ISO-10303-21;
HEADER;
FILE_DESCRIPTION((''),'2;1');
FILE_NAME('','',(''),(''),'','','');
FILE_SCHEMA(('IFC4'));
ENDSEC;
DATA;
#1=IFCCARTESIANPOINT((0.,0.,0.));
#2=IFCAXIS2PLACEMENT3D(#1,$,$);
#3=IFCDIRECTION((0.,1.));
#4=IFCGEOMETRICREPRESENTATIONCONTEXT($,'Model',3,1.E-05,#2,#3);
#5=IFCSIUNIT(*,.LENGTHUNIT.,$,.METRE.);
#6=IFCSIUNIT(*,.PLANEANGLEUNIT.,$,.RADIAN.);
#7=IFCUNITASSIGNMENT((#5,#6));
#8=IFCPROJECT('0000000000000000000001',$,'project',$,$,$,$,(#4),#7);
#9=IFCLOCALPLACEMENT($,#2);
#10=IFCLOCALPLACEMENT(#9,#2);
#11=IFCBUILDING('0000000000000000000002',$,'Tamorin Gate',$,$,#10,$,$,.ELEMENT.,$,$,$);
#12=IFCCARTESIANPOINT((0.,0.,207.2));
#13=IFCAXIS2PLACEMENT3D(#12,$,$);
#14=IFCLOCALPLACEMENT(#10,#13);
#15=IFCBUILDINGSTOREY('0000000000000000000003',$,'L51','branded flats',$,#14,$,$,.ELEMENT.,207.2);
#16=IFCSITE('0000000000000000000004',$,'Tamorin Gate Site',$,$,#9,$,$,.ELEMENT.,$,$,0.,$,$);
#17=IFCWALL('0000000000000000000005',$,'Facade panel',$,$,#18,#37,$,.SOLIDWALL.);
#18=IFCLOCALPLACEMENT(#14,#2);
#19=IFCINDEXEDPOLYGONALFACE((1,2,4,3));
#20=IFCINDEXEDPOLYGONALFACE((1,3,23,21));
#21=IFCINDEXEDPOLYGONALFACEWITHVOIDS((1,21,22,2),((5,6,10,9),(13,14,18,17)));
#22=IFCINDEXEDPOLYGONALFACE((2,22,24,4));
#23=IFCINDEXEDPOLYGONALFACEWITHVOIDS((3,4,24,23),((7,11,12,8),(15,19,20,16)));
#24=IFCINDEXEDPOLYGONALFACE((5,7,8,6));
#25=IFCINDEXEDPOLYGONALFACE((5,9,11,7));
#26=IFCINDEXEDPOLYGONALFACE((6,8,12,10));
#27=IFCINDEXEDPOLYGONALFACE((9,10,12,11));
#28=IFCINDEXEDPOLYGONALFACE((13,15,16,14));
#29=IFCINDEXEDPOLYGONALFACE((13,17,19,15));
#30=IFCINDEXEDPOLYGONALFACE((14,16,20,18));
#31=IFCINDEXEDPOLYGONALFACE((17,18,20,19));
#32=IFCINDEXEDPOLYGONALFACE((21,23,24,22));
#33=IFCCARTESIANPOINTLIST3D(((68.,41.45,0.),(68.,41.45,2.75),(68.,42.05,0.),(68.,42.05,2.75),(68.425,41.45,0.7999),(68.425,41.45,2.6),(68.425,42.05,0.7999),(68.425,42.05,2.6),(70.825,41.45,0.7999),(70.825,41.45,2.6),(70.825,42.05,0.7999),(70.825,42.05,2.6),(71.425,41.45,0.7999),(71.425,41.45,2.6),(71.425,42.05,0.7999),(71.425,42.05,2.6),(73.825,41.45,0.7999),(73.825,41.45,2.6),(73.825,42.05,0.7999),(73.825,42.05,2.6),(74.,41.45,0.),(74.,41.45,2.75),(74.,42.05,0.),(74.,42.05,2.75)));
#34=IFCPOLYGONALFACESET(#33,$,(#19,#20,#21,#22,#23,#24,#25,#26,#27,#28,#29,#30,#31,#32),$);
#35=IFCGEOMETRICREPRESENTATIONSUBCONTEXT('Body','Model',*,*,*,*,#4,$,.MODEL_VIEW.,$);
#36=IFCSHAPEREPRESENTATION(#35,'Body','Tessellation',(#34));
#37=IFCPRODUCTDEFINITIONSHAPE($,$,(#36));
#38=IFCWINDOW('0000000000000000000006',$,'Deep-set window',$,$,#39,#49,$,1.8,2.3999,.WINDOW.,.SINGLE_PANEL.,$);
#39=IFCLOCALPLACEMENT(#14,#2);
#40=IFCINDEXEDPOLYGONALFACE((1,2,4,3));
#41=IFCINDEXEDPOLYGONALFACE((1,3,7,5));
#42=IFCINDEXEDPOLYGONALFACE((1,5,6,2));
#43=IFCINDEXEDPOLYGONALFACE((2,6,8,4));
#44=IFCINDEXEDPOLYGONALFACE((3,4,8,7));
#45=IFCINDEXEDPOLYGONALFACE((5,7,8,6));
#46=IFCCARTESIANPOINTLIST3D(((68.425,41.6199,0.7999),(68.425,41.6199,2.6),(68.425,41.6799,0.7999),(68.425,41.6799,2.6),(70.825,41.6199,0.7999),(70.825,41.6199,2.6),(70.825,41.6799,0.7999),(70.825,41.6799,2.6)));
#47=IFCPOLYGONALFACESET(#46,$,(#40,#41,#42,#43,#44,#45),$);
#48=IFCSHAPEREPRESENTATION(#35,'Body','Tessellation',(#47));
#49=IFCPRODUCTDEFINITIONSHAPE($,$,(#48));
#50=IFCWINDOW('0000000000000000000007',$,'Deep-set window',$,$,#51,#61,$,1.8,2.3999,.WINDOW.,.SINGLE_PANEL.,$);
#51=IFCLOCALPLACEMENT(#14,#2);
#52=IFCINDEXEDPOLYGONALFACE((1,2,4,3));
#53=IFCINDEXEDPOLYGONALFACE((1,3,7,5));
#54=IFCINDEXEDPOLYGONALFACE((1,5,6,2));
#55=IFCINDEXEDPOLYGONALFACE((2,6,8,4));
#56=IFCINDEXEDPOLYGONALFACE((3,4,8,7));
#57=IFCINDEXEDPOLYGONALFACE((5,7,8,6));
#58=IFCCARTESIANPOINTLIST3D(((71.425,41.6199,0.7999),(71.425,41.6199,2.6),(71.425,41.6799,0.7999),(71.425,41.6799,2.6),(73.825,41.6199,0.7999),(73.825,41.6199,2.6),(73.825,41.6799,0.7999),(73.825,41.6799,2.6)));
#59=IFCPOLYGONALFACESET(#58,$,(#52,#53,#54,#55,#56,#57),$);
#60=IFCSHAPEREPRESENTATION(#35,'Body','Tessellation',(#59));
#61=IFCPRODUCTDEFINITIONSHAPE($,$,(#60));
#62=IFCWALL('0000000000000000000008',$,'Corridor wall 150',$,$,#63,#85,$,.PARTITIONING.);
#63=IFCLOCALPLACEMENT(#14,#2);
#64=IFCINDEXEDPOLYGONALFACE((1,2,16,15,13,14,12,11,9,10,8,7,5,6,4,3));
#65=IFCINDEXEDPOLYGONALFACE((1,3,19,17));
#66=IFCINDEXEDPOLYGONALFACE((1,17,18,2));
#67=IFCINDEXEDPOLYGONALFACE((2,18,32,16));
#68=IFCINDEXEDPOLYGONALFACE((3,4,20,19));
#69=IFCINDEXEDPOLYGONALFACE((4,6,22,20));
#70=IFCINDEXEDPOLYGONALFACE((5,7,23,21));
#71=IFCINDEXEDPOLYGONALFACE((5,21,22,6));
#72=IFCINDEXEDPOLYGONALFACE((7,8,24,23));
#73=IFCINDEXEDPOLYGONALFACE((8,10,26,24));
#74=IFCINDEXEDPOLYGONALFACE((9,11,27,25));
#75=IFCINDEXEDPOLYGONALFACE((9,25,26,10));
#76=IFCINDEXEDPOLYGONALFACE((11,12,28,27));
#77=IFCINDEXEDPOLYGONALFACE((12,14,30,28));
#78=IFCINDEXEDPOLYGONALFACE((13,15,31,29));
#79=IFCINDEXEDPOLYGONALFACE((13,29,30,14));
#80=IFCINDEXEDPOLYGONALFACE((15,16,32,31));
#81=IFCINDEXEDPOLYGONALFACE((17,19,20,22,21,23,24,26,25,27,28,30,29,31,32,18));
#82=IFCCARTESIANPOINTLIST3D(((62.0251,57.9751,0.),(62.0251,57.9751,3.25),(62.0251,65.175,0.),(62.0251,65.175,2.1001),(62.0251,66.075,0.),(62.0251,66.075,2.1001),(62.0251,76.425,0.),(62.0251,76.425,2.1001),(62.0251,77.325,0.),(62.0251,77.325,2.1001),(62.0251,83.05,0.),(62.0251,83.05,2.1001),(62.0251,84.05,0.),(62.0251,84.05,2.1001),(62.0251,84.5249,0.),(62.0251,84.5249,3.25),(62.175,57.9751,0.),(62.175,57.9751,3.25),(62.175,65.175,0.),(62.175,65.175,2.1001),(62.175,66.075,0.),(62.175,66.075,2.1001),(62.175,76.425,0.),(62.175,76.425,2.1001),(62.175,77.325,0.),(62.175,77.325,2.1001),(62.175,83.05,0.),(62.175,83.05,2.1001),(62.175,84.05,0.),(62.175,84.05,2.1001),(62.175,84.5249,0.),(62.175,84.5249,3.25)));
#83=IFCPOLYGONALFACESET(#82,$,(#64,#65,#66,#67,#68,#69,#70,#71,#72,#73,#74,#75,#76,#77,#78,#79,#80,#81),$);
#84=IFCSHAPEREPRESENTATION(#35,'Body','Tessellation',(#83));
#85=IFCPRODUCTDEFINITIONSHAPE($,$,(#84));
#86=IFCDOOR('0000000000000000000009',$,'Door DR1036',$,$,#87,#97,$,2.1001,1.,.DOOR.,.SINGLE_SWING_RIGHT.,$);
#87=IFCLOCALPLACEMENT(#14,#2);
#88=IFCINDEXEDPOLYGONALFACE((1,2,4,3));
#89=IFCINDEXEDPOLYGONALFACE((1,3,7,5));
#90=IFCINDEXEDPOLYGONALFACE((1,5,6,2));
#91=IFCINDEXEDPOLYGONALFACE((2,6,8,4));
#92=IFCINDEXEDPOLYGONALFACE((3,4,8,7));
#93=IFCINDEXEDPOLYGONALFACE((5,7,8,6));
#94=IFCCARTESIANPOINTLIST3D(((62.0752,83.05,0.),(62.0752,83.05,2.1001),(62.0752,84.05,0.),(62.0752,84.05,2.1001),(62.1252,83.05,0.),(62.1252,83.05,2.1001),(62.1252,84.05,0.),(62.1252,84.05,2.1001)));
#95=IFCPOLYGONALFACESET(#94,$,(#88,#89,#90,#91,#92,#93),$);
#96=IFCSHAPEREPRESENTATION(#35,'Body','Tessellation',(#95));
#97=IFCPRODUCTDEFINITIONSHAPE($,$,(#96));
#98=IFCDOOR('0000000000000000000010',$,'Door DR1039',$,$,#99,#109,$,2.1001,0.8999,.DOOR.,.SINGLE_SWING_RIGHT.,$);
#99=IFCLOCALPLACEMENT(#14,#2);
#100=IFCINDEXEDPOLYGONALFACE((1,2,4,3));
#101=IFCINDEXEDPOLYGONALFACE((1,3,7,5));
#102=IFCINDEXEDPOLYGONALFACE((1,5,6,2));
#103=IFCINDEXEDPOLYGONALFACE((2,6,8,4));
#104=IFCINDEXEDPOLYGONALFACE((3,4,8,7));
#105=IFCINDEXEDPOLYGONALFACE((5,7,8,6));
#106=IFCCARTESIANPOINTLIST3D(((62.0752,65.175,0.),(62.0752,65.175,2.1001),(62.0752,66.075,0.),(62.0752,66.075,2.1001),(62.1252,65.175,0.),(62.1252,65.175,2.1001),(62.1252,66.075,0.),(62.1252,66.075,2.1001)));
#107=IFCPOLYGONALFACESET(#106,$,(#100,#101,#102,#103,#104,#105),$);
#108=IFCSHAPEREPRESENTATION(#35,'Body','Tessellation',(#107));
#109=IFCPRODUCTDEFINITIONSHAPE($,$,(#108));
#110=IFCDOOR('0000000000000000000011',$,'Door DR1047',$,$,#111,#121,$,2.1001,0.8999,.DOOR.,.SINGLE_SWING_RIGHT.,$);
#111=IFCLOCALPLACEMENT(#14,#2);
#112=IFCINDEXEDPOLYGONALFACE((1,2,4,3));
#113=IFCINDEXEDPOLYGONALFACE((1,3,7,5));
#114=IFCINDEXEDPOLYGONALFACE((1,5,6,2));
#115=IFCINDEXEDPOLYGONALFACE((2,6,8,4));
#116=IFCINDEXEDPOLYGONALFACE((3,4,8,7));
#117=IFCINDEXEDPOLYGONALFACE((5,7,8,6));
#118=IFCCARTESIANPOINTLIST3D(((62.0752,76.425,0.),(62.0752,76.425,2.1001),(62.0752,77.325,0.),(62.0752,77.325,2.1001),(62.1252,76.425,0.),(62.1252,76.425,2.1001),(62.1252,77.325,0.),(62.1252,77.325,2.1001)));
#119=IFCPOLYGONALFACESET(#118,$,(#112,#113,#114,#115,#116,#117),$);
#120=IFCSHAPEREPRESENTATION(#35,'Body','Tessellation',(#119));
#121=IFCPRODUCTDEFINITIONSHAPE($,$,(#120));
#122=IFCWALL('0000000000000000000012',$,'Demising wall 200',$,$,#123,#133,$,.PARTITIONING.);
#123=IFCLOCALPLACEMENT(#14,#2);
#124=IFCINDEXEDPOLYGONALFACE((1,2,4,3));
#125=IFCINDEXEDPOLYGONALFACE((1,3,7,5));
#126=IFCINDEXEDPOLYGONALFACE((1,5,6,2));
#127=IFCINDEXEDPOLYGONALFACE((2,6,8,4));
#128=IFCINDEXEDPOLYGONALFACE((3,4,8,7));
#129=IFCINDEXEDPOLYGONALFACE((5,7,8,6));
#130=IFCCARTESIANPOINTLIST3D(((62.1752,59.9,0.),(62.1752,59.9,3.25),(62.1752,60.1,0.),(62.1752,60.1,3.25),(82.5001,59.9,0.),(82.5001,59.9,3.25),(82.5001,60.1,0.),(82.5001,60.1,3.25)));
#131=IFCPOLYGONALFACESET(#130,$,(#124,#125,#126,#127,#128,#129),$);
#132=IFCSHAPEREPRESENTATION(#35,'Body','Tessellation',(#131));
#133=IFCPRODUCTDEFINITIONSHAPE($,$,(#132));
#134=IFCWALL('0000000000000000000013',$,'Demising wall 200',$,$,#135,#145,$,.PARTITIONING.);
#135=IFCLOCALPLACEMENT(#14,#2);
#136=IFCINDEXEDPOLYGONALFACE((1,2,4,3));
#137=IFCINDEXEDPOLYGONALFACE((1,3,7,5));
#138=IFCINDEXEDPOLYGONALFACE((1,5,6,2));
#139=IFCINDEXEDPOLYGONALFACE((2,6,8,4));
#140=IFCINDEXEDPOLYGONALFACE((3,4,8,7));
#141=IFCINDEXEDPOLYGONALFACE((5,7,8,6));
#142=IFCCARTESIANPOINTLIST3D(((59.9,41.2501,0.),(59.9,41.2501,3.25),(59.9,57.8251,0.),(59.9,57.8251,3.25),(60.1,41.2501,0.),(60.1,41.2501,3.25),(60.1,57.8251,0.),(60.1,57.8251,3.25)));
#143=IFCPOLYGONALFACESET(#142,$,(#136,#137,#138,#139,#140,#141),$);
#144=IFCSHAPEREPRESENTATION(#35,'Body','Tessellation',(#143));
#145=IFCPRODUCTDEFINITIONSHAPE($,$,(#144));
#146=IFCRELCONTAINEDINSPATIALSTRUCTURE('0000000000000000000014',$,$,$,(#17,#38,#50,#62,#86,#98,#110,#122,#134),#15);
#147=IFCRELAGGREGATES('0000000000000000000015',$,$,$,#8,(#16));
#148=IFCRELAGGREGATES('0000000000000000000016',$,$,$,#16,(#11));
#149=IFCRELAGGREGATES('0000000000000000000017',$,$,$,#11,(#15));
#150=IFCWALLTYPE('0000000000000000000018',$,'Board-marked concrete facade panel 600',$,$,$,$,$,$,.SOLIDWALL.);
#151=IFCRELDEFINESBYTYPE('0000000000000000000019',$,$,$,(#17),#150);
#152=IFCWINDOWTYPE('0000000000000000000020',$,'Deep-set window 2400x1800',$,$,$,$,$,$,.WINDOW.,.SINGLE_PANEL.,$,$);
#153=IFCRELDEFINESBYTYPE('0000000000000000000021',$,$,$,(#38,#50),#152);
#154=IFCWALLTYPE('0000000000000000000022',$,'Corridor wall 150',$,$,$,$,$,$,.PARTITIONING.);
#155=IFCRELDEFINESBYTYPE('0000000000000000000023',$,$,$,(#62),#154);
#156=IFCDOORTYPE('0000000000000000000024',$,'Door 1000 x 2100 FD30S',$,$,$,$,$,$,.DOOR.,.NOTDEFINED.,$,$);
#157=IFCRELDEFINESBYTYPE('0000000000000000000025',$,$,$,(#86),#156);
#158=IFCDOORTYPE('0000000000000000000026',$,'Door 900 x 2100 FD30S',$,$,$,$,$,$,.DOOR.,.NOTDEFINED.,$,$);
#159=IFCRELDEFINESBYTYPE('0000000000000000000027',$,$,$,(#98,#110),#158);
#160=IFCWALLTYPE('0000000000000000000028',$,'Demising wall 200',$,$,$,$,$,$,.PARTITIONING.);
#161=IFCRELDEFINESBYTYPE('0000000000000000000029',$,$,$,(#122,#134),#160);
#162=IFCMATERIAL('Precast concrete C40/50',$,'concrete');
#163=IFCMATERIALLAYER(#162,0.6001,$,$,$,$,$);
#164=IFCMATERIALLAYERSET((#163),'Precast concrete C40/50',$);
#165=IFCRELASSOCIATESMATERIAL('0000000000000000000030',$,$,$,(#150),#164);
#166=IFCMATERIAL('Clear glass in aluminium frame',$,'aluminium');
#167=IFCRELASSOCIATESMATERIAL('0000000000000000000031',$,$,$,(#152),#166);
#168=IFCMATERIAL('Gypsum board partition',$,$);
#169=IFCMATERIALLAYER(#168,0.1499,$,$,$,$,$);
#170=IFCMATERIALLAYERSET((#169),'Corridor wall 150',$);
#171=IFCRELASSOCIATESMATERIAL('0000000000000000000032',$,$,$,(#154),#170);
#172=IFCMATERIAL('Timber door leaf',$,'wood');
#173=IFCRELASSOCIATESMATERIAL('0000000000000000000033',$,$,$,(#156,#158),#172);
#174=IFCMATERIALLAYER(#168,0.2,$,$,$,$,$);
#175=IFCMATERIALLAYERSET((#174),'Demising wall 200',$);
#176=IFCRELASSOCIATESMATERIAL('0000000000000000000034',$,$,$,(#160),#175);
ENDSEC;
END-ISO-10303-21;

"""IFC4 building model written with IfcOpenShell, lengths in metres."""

from ifc_helpers import new_model, si_unit, direction, frame, frame_2d, origin, place, context, subcontext, project, spatial, rectangle, extrude, material, layer, layer_set, type_object, element, fill, save


model = new_model("IFC4")

# Units and contexts
model_context = context("Model", 3, precision=1e-05, world=origin(), true_north=direction((0.0, 1.0)))
body_context = subcontext(model_context, "Body", "Model", "MODEL_VIEW")
ifc_project = project(units=[si_unit("LENGTHUNIT", "METRE"), si_unit("PLANEANGLEUNIT", "RADIAN")], contexts=[model_context])

# Site, building, storey
site_placement = place(None, origin())
site = spatial("IfcSite", under=ifc_project, at=site_placement, Name="Tamorin Gate Site", CompositionType="ELEMENT", RefElevation=0.0)
building_placement = place(site_placement, origin())
building = spatial("IfcBuilding", under=site, at=building_placement, Name="Tamorin Gate", CompositionType="ELEMENT")
storey_placement = place(building_placement, frame((0.0, 0.0, 207.2)))
storey = spatial("IfcBuildingStorey", under=building, at=storey_placement, Name="L51", Description="branded flats", CompositionType="ELEMENT", Elevation=207.2)

# Wall, openings, windows
ifc_material_1 = material(Name="Precast concrete C40/50", Category="concrete")
ifc_layer_1 = layer(ifc_material_1, 0.6001)
ifc_layer_set_1 = layer_set([ifc_layer_1], Name="Precast concrete C40/50")
wall_type_1 = type_object("IfcWallType", Name="Board-marked concrete facade panel 600", PredefinedType="SOLIDWALL", material=ifc_layer_set_1)
ifc_material_2 = material(Name="Clear glass in aluminium frame", Category="aluminium")
window_type = type_object("IfcWindowType", Name="Deep-set window 2400x1800", PartitioningType="SINGLE_PANEL", PredefinedType="WINDOW", material=ifc_material_2)
wall_1_placement = place(storey_placement, frame((68.0, 41.75, 0.0), z_axis=(0.0, 0.0, 1.0), x_axis=(1.0, 0.0, 0.0)))
wall_1 = element("IfcWall", 1, at=wall_1_placement, inside=storey, type_object=wall_type_1, Name="Facade panel", PredefinedType="SOLIDWALL", context=body_context, shape_type="SweptSolid", body=[
    extrude(rectangle(XDim=6.0, YDim=0.6001, at=frame_2d((3.0, 0.0))), origin(), (0.0, 0.0, 1.0), 2.75),
])
opening_1_placement = place(wall_1_placement, frame((0.425, 0.0, 0.8)))
opening_1 = element("IfcOpeningElement", 2, at=opening_1_placement, cuts=wall_1, PredefinedType="OPENING", context=body_context, shape_type="SweptSolid", body=[
    extrude(rectangle(XDim=2.3999, YDim=1.8, at=frame_2d((1.2, 0.8999))), frame((0.0, 0.3101, 0.0), z_axis=(0.0, -1.0, 0.0), x_axis=(1.0, 0.0, 0.0)), (0.0, 0.0, 1.0), 0.6201),
])
opening_2_placement = place(wall_1_placement, frame((3.425, 0.0, 0.8)))
opening_2 = element("IfcOpeningElement", 3, at=opening_2_placement, cuts=wall_1, PredefinedType="OPENING", context=body_context, shape_type="SweptSolid", body=[
    extrude(rectangle(XDim=2.3999, YDim=1.8, at=frame_2d((1.2, 0.8999))), frame((0.0, 0.3101, 0.0), z_axis=(0.0, -1.0, 0.0), x_axis=(1.0, 0.0, 0.0)), (0.0, 0.0, 1.0), 0.6201),
])
window_1_placement = place(opening_1_placement, origin())
window_1 = element("IfcWindow", 4, at=window_1_placement, inside=storey, type_object=window_type, Name="Deep-set window", OverallHeight=1.8, OverallWidth=2.3999, PartitioningType="SINGLE_PANEL", PredefinedType="WINDOW", context=body_context, shape_type="SweptSolid", body=[
    extrude(rectangle(XDim=2.3999, YDim=1.8, at=frame_2d((1.2, 0.8999))), frame((0.0, -0.0701, 0.0), z_axis=(0.0, -1.0, 0.0), x_axis=(1.0, 0.0, 0.0)), (0.0, 0.0, 1.0), 0.0601),
])
fill(opening_1, window_1)
window_2_placement = place(opening_2_placement, origin())
window_2 = element("IfcWindow", 5, at=window_2_placement, inside=storey, type_object=window_type, Name="Deep-set window", OverallHeight=1.8, OverallWidth=2.3999, PartitioningType="SINGLE_PANEL", PredefinedType="WINDOW", context=body_context, shape_type="SweptSolid", body=[
    extrude(rectangle(XDim=2.3999, YDim=1.8, at=frame_2d((1.2, 0.8999))), frame((0.0, -0.0701, 0.0), z_axis=(0.0, -1.0, 0.0), x_axis=(1.0, 0.0, 0.0)), (0.0, 0.0, 1.0), 0.0601),
])
fill(opening_2, window_2)

# Wall, openings, doors
ifc_material_3 = material(Name="Gypsum board partition")
ifc_layer_2 = layer(ifc_material_3, 0.1499)
ifc_layer_set_2 = layer_set([ifc_layer_2], Name="Corridor wall 150")
wall_type_2 = type_object("IfcWallType", Name="Corridor wall 150", PredefinedType="PARTITIONING", material=ifc_layer_set_2)
wall_2_placement = place(storey_placement, frame((62.1001, 57.9751, 0.0), z_axis=(0.0, 0.0, 1.0), x_axis=(0.0, 1.0, 0.0)))
wall_2 = element("IfcWall", 6, at=wall_2_placement, inside=storey, type_object=wall_type_2, Name="Corridor wall 150", PredefinedType="PARTITIONING", context=body_context, shape_type="SweptSolid", body=[
    extrude(rectangle(XDim=26.5498, YDim=0.1499, at=frame_2d((13.2749, 0.0))), origin(), (0.0, 0.0, 1.0), 3.25),
])
opening_3_placement = place(wall_2_placement, frame((25.075, 0.0, 0.0)))
opening_3 = element("IfcOpeningElement", 7, at=opening_3_placement, cuts=wall_2, PredefinedType="OPENING", context=body_context, shape_type="SweptSolid", body=[
    extrude(rectangle(XDim=1.0, YDim=2.1001, at=frame_2d((0.5, 1.05))), frame((0.0, 0.085, 0.0), z_axis=(0.0, -1.0, 0.0), x_axis=(1.0, 0.0, 0.0)), (0.0, 0.0, 1.0), 0.1699),
])
opening_4_placement = place(wall_2_placement, frame((7.2, 0.0, 0.0)))
opening_4 = element("IfcOpeningElement", 8, at=opening_4_placement, cuts=wall_2, PredefinedType="OPENING", context=body_context, shape_type="SweptSolid", body=[
    extrude(rectangle(XDim=0.8999, YDim=2.1001, at=frame_2d((0.45, 1.05))), frame((0.0, 0.085, 0.0), z_axis=(0.0, -1.0, 0.0), x_axis=(1.0, 0.0, 0.0)), (0.0, 0.0, 1.0), 0.1699),
])
opening_5_placement = place(wall_2_placement, frame((18.45, 0.0, 0.0)))
opening_5 = element("IfcOpeningElement", 9, at=opening_5_placement, cuts=wall_2, PredefinedType="OPENING", context=body_context, shape_type="SweptSolid", body=[
    extrude(rectangle(XDim=0.8999, YDim=2.1001, at=frame_2d((0.45, 1.05))), frame((0.0, 0.085, 0.0), z_axis=(0.0, -1.0, 0.0), x_axis=(1.0, 0.0, 0.0)), (0.0, 0.0, 1.0), 0.1699),
])
ifc_material_4 = material(Name="Timber door leaf", Category="wood")
door_type_1 = type_object("IfcDoorType", Name="Door 1000 x 2100 FD30S", OperationType="NOTDEFINED", PredefinedType="DOOR", material=ifc_material_4)
door_1_placement = place(opening_3_placement, origin())
door_1 = element("IfcDoor", 10, at=door_1_placement, inside=storey, type_object=door_type_1, Name="Door DR1036", OperationType="SINGLE_SWING_RIGHT", OverallHeight=2.1001, OverallWidth=1.0, PredefinedType="DOOR", context=body_context, shape_type="SweptSolid", body=[
    extrude(rectangle(XDim=1.0, YDim=2.1001, at=frame_2d((0.5, 1.05))), frame((0.0, 0.0249, 0.0), z_axis=(0.0, -1.0, 0.0), x_axis=(1.0, 0.0, 0.0)), (0.0, 0.0, 1.0), 0.05),
])
fill(opening_3, door_1)
door_type_2 = type_object("IfcDoorType", Name="Door 900 x 2100 FD30S", OperationType="NOTDEFINED", PredefinedType="DOOR", material=ifc_material_4)
door_2_placement = place(opening_4_placement, origin())
door_2 = element("IfcDoor", 11, at=door_2_placement, inside=storey, type_object=door_type_2, Name="Door DR1039", OperationType="SINGLE_SWING_RIGHT", OverallHeight=2.1001, OverallWidth=0.8999, PredefinedType="DOOR", context=body_context, shape_type="SweptSolid", body=[
    extrude(rectangle(XDim=0.8999, YDim=2.1001, at=frame_2d((0.45, 1.05))), frame((0.0, 0.0249, 0.0), z_axis=(0.0, -1.0, 0.0), x_axis=(1.0, 0.0, 0.0)), (0.0, 0.0, 1.0), 0.05),
])
fill(opening_4, door_2)
door_3_placement = place(opening_5_placement, origin())
door_3 = element("IfcDoor", 12, at=door_3_placement, inside=storey, type_object=door_type_2, Name="Door DR1047", OperationType="SINGLE_SWING_RIGHT", OverallHeight=2.1001, OverallWidth=0.8999, PredefinedType="DOOR", context=body_context, shape_type="SweptSolid", body=[
    extrude(rectangle(XDim=0.8999, YDim=2.1001, at=frame_2d((0.45, 1.05))), frame((0.0, 0.0249, 0.0), z_axis=(0.0, -1.0, 0.0), x_axis=(1.0, 0.0, 0.0)), (0.0, 0.0, 1.0), 0.05),
])
fill(opening_5, door_3)

# Walls
ifc_layer_3 = layer(ifc_material_3, 0.2)
ifc_layer_set_3 = layer_set([ifc_layer_3], Name="Demising wall 200")
wall_type_3 = type_object("IfcWallType", Name="Demising wall 200", PredefinedType="PARTITIONING", material=ifc_layer_set_3)
wall_3_placement = place(storey_placement, frame((62.175, 60.0, 0.0), z_axis=(0.0, 0.0, 1.0), x_axis=(1.0, 0.0, 0.0)))
element("IfcWall", 13, at=wall_3_placement, inside=storey, type_object=wall_type_3, Name="Demising wall 200", PredefinedType="PARTITIONING", context=body_context, shape_type="SweptSolid", body=[
    extrude(rectangle(XDim=20.325, YDim=0.2, at=frame_2d((10.1626, 0.0))), origin(), (0.0, 0.0, 1.0), 3.25),
])
wall_4_placement = place(storey_placement, frame((60.0, 41.25, 0.0), z_axis=(0.0, 0.0, 1.0), x_axis=(0.0, 1.0, 0.0)))
element("IfcWall", 14, at=wall_4_placement, inside=storey, type_object=wall_type_3, Name="Demising wall 200", PredefinedType="PARTITIONING", context=body_context, shape_type="SweptSolid", body=[
    extrude(rectangle(XDim=16.575, YDim=0.2, at=frame_2d((8.2876, 0.0))), origin(), (0.0, 0.0, 1.0), 3.25),
])

save(model, "model.ifc")
